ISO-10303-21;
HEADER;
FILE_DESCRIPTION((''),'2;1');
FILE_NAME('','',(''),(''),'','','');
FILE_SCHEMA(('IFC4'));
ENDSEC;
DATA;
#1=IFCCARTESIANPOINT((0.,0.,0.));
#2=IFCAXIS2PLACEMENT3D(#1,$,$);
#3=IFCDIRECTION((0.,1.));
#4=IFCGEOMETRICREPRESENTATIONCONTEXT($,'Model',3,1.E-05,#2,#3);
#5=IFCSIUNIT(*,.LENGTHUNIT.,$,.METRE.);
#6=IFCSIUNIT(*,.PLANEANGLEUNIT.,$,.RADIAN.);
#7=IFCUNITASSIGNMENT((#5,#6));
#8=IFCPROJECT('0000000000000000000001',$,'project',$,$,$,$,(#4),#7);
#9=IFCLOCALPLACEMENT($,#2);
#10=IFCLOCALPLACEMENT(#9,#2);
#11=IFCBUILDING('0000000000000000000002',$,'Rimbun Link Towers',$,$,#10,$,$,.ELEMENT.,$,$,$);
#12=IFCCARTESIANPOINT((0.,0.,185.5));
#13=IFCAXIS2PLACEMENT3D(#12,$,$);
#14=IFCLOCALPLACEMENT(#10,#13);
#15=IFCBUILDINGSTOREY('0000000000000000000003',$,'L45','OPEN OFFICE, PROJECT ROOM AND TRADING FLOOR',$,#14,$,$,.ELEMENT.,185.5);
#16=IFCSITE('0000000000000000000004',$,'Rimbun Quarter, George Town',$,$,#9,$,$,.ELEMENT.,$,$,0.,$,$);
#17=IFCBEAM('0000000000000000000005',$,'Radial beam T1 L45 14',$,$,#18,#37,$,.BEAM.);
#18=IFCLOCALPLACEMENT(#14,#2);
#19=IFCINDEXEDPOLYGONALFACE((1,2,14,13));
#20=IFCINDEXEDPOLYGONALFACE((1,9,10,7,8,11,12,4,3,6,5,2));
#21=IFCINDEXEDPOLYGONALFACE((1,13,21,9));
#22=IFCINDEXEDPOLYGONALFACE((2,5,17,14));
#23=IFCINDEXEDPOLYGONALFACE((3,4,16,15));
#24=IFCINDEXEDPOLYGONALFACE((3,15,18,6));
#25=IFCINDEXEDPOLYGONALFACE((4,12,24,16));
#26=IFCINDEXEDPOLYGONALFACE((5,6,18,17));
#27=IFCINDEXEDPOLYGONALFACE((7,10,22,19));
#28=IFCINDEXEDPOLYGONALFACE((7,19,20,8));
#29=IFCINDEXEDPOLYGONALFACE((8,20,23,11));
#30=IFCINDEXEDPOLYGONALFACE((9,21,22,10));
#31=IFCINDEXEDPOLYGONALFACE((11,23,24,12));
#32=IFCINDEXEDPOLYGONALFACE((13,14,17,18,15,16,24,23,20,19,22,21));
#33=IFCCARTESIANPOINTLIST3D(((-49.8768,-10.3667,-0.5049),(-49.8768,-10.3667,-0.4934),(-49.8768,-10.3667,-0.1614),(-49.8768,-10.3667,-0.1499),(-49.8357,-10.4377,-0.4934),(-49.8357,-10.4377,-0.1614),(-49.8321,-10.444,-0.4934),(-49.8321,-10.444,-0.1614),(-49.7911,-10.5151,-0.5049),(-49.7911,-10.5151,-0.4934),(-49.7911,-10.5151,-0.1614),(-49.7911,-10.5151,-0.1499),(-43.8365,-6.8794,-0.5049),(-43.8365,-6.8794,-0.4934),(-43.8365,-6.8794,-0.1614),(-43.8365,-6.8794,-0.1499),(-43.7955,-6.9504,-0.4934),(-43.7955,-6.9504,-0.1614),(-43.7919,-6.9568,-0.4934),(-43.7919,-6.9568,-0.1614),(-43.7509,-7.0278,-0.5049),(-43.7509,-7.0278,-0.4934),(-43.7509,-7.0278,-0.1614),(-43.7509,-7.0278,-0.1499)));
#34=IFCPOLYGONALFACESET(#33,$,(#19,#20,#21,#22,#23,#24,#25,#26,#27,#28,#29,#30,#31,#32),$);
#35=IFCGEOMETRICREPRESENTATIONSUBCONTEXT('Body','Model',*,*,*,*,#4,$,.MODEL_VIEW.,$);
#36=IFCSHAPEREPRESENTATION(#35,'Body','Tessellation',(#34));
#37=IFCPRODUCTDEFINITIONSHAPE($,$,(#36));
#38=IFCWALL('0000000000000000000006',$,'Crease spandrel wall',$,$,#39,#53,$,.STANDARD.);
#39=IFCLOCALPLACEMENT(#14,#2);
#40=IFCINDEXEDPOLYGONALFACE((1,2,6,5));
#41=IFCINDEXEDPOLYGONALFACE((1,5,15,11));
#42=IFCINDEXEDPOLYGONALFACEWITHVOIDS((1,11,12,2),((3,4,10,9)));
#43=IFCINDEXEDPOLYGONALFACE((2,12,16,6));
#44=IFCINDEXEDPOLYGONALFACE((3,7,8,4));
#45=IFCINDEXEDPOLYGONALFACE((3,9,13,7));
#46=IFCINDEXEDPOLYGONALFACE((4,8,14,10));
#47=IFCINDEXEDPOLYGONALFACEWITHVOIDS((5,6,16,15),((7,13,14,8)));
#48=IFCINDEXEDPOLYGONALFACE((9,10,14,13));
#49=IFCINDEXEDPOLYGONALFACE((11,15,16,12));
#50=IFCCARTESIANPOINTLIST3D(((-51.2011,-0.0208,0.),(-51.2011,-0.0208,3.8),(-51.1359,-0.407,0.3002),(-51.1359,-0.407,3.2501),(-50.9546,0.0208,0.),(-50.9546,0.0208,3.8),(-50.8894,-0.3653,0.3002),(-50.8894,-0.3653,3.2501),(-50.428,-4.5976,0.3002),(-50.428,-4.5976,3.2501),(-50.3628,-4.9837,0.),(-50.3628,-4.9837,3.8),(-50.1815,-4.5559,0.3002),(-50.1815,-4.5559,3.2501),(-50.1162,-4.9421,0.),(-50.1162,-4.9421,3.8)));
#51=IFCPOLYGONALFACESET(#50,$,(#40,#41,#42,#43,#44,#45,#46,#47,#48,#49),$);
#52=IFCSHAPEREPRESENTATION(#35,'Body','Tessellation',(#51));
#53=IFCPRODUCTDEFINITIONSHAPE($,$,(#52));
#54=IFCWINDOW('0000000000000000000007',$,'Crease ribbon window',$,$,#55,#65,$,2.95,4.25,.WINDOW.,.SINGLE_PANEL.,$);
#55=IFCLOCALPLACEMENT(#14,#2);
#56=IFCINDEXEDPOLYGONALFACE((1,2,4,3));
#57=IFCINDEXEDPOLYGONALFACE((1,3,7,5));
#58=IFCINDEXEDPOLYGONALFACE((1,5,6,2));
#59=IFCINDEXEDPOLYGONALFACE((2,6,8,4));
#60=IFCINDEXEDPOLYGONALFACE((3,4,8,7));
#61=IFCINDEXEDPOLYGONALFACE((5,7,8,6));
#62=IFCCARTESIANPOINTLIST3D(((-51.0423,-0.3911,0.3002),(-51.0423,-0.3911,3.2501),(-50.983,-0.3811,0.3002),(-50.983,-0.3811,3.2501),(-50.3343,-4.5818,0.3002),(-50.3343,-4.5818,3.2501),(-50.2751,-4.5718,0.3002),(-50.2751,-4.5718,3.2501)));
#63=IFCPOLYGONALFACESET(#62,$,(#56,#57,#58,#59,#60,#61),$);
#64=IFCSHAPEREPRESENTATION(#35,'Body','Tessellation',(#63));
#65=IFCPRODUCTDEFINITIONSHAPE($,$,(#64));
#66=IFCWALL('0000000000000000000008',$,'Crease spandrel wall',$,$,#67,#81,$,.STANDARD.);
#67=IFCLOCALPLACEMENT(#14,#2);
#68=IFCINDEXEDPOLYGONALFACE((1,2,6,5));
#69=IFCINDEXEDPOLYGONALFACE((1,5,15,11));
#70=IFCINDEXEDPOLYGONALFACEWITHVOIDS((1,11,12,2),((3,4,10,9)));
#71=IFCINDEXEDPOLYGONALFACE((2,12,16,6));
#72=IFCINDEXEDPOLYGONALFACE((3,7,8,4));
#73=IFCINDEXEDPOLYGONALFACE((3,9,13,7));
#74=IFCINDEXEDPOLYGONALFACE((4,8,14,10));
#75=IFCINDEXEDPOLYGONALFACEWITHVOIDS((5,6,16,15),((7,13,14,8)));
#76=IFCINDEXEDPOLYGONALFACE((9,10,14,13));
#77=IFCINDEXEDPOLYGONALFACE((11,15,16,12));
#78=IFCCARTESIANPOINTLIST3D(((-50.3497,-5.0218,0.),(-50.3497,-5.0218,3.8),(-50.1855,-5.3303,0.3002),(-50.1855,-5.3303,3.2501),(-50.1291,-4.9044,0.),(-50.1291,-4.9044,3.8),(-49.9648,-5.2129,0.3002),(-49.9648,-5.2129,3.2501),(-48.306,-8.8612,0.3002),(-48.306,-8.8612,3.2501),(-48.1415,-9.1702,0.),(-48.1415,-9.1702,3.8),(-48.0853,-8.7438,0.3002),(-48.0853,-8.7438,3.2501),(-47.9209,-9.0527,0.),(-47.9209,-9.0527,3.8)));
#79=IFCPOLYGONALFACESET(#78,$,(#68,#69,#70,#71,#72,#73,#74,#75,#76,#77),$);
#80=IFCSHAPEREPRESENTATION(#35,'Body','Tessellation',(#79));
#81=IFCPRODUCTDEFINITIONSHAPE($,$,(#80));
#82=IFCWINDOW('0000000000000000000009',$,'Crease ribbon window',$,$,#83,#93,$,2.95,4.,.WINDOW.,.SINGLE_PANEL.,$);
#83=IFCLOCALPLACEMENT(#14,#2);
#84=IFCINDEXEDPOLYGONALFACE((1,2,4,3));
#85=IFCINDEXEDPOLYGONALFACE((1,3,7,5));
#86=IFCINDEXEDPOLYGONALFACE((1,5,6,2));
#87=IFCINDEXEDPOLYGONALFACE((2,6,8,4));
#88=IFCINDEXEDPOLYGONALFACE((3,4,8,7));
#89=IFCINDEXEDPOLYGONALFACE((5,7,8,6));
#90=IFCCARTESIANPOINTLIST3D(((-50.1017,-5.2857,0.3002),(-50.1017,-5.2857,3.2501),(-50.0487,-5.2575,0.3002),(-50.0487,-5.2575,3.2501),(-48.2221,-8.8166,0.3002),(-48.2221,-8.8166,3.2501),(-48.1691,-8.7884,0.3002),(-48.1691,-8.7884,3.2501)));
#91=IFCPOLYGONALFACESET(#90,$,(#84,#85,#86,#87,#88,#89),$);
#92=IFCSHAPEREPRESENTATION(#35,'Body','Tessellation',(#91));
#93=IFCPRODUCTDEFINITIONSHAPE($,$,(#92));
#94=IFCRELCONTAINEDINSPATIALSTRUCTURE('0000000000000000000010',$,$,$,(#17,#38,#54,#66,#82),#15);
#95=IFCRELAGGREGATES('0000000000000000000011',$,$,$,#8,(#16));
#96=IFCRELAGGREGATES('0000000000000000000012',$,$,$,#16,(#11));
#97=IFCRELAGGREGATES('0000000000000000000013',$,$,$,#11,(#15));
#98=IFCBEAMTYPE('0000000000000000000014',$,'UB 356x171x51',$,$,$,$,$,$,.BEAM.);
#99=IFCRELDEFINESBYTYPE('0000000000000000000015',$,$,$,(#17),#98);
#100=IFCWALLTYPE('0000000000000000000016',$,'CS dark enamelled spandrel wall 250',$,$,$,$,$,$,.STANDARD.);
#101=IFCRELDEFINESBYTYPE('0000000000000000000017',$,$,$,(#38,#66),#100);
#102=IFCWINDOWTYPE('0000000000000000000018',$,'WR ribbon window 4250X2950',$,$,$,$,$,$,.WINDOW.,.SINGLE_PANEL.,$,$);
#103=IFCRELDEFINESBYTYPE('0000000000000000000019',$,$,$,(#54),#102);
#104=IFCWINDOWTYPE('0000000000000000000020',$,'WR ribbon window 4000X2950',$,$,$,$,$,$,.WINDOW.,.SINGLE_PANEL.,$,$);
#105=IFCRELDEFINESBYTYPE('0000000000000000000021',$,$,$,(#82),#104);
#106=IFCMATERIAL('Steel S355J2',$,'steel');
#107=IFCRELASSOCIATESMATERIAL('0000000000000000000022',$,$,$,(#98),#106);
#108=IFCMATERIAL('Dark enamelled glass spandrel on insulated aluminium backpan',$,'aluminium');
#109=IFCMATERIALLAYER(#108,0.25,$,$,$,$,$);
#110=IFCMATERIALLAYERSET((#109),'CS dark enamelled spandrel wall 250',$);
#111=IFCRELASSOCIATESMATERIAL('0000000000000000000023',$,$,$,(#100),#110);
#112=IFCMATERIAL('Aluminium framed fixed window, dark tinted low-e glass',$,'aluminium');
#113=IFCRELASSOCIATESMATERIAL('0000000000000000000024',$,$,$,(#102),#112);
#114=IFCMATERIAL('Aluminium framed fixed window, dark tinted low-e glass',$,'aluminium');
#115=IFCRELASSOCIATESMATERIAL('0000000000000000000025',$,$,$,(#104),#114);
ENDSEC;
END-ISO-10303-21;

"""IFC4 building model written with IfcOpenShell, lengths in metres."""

from ifc_helpers import new_model, si_unit, direction, frame, frame_2d, origin, origin_2d, place, context, subcontext, project, spatial, rectangle, i_section, extrude, material, layer, layer_set, material_profile, profile_set, type_object, element, fill, save


model = new_model("IFC4")

# Units and contexts
model_context = context("Model", 3, precision=1e-05, world=origin(), true_north=direction((0.0, 1.0)))
body_context = subcontext(model_context, "Body", "Model", "MODEL_VIEW")
ifc_project = project(units=[si_unit("LENGTHUNIT", "METRE"), si_unit("PLANEANGLEUNIT", "RADIAN")], contexts=[model_context])

# Site, building, storey
site_placement = place(None, origin())
site = spatial("IfcSite", under=ifc_project, at=site_placement, Name="Rimbun Quarter, George Town", CompositionType="ELEMENT", RefElevation=0.0)
building_placement = place(site_placement, origin())
building = spatial("IfcBuilding", under=site, at=building_placement, Name="Rimbun Link Towers", CompositionType="ELEMENT")
storey_placement = place(building_placement, frame((0.0, 0.0, 185.5)))
storey = spatial("IfcBuildingStorey", under=building, at=storey_placement, Name="L45", Description="OPEN OFFICE, PROJECT ROOM AND TRADING FLOOR", CompositionType="ELEMENT", Elevation=185.5)

# Beam
ifc_material_1 = material(Name="Steel S355J2", Category="steel")
ifc_material_profile_1 = material_profile(ifc_material_1, i_section(OverallWidth=0.1714, OverallDepth=0.355, WebThickness=0.0073, FlangeThickness=0.0115, at=origin_2d()), Name="UB 356x171x51")
ifc_profile_set_1 = profile_set([ifc_material_profile_1], Name="Steel S355J2")
beam_type = type_object("IfcBeamType", Name="UB 356x171x51", PredefinedType="BEAM", material=ifc_profile_set_1)
beam_placement = place(storey_placement, frame((-43.7937, -6.9536, -0.3274), z_axis=(-0.866029, -0.499994, 0.0), x_axis=(0.499994, -0.866029, 0.0)))
element("IfcBeam", 1, at=beam_placement, inside=storey, type_object=beam_type, Name="Radial beam T1 L45 14", PredefinedType="BEAM", context=body_context, shape_type="SweptSolid", body=[
    extrude(i_section(OverallWidth=0.1714, OverallDepth=0.355, WebThickness=0.0073, FlangeThickness=0.0115, at=origin_2d()), origin(), (0.0, 0.0, 1.0), 6.9746),
])

# Walls, openings, windows
ifc_material_2 = material(Name="Dark enamelled glass spandrel on insulated aluminium backpan", Category="aluminium")
ifc_layer_1 = layer(ifc_material_2, 0.25)
ifc_layer_set_1 = layer_set([ifc_layer_1], Name="CS dark enamelled spandrel wall 250")
wall_type_1 = type_object("IfcWallType", Name="CS dark enamelled spandrel wall 250", PredefinedType="STANDARD", material=ifc_layer_set_1)
wall_1_placement = place(storey_placement, frame((-50.2395, -4.9629, 0.0), z_axis=(0.0, 0.0, 1.0), x_axis=(-0.16657, 0.98603, 0.0)))
wall_1 = element("IfcWall", 2, at=wall_1_placement, inside=storey, type_object=wall_type_1, Name="Crease spandrel wall", PredefinedType="STANDARD", context=body_context, shape_type="SweptSolid", body=[
    extrude(rectangle(XDim=5.0332, YDim=0.25, at=frame_2d((2.5166, 0.0))), origin(), (0.0, 0.0, 1.0), 3.8),
])
opening_1_placement = place(wall_1_placement, frame((0.3916, 0.0, 0.3)))
opening_1 = element("IfcOpeningElement", 3, at=opening_1_placement, cuts=wall_1, PredefinedType="OPENING", context=body_context, shape_type="SweptSolid", body=[
    extrude(rectangle(XDim=4.25, YDim=2.95, at=frame_2d((2.125, 1.4751))), frame((0.0, 0.135, 0.0), z_axis=(0.0, -1.0, 0.0), x_axis=(1.0, 0.0, 0.0)), (0.0, 0.0, 1.0), 0.27),
])
ifc_material_3 = material(Name="Aluminium framed fixed window, dark tinted low-e glass", Category="aluminium")
window_type_1 = type_object("IfcWindowType", Name="WR ribbon window 4250X2950", PartitioningType="SINGLE_PANEL", PredefinedType="WINDOW", material=ifc_material_3)
window_1_placement = place(opening_1_placement, origin())
window_1 = element("IfcWindow", 4, at=window_1_placement, inside=storey, type_object=window_type_1, Name="Crease ribbon window", OverallHeight=2.95, OverallWidth=4.25, PartitioningType="SINGLE_PANEL", PredefinedType="WINDOW", context=body_context, shape_type="SweptSolid", body=[
    extrude(rectangle(XDim=4.25, YDim=2.95, at=frame_2d((2.125, 1.4751))), frame((0.0, 0.03, 0.0), z_axis=(0.0, -1.0, 0.0), x_axis=(1.0, 0.0, 0.0)), (0.0, 0.0, 1.0), 0.0601),
])
fill(opening_1, window_1)
wall_2_placement = place(storey_placement, frame((-48.0312, -9.1113, 0.0), z_axis=(0.0, 0.0, 1.0), x_axis=(-0.469884, 0.882728, 0.0)))
wall_2 = element("IfcWall", 5, at=wall_2_placement, inside=storey, type_object=wall_type_1, Name="Crease spandrel wall", PredefinedType="STANDARD", context=body_context, shape_type="SweptSolid", body=[
    extrude(rectangle(XDim=4.6995, YDim=0.25, at=frame_2d((2.3496, 0.0))), origin(), (0.0, 0.0, 1.0), 3.8),
])
opening_2_placement = place(wall_2_placement, frame((0.3499, 0.0, 0.3)))
opening_2 = element("IfcOpeningElement", 6, at=opening_2_placement, cuts=wall_2, PredefinedType="OPENING", context=body_context, shape_type="SweptSolid", body=[
    extrude(rectangle(XDim=4.0, YDim=2.95, at=frame_2d((2.0, 1.4751))), frame((0.0, 0.135, 0.0), z_axis=(0.0, -1.0, 0.0), x_axis=(1.0, 0.0, 0.0)), (0.0, 0.0, 1.0), 0.27),
])
ifc_material_4 = material(Name="Aluminium framed fixed window, dark tinted low-e glass", Category="aluminium")
window_type_2 = type_object("IfcWindowType", Name="WR ribbon window 4000X2950", PartitioningType="SINGLE_PANEL", PredefinedType="WINDOW", material=ifc_material_4)
window_2_placement = place(opening_2_placement, origin())
window_2 = element("IfcWindow", 7, at=window_2_placement, inside=storey, type_object=window_type_2, Name="Crease ribbon window", OverallHeight=2.95, OverallWidth=4.0, PartitioningType="SINGLE_PANEL", PredefinedType="WINDOW", context=body_context, shape_type="SweptSolid", body=[
    extrude(rectangle(XDim=4.0, YDim=2.95, at=frame_2d((2.0, 1.4751))), frame((0.0, 0.03, 0.0), z_axis=(0.0, -1.0, 0.0), x_axis=(1.0, 0.0, 0.0)), (0.0, 0.0, 1.0), 0.0601),
])
fill(opening_2, window_2)

save(model, "model.ifc")
